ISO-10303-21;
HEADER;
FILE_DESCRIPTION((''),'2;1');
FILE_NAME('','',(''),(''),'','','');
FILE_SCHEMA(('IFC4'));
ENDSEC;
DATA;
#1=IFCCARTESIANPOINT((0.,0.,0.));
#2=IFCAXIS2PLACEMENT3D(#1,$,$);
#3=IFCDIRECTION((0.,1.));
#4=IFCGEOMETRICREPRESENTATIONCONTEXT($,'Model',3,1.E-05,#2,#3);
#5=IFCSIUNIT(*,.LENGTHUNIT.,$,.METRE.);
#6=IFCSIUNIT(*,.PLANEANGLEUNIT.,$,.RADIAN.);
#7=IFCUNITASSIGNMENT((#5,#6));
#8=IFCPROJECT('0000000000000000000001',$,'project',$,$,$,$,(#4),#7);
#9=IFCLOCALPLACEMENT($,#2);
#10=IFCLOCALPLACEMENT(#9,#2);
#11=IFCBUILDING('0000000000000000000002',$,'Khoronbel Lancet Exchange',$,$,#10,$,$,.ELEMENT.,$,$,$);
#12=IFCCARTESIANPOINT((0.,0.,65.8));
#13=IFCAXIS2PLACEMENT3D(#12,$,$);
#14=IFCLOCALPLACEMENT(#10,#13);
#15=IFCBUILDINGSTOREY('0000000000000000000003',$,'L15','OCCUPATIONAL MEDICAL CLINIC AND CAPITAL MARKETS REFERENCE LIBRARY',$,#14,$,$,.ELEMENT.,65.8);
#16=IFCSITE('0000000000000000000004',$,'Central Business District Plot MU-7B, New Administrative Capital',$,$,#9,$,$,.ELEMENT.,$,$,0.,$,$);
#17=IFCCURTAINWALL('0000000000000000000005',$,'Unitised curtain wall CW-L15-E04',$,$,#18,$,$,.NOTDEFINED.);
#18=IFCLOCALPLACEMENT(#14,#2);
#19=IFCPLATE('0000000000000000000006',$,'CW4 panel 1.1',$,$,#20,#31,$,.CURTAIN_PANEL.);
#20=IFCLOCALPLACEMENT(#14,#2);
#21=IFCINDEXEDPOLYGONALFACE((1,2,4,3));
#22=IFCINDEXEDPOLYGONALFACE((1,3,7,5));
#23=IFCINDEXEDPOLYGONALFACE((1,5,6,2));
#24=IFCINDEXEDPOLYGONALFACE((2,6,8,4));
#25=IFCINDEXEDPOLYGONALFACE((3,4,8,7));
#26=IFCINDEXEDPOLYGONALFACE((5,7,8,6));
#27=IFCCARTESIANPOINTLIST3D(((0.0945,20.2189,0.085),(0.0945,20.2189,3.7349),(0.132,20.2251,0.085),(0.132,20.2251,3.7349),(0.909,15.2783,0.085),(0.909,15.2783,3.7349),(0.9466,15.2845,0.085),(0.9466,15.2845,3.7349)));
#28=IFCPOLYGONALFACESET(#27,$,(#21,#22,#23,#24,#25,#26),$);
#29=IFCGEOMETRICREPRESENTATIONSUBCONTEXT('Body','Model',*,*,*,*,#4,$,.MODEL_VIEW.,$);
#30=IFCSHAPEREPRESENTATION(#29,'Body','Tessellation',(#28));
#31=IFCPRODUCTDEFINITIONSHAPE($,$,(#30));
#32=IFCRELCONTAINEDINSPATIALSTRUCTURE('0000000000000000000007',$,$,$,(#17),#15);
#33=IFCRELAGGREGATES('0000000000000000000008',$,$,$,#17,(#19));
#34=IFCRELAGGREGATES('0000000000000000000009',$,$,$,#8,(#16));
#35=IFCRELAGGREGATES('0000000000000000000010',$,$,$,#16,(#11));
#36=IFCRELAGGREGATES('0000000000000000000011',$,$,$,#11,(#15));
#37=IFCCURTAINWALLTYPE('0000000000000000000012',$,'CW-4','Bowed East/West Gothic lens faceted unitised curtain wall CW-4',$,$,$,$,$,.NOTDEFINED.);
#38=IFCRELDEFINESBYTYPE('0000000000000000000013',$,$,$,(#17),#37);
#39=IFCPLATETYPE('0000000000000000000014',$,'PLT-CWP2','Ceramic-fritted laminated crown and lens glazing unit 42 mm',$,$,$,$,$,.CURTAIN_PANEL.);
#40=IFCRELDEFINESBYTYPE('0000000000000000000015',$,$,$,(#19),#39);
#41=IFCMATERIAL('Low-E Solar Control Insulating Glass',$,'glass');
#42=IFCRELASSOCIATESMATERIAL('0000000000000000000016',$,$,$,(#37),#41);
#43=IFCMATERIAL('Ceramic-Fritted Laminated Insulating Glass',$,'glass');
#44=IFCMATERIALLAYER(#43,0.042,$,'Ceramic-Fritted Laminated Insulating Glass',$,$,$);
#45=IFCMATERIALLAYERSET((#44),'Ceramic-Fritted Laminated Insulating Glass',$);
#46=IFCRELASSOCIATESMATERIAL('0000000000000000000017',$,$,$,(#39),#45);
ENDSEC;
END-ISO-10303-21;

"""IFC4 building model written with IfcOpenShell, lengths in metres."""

from ifc_helpers import new_model, si_unit, direction, frame, origin, origin_2d, place, context, subcontext, project, spatial, rectangle, extrude, material, layer, layer_set, type_object, element, aggregate, save


model = new_model("IFC4")

# Units and contexts
model_context = context("Model", 3, precision=1e-05, world=origin(), true_north=direction((0.0, 1.0)))
body_context = subcontext(model_context, "Body", "Model", "MODEL_VIEW")
ifc_project = project(units=[si_unit("LENGTHUNIT", "METRE"), si_unit("PLANEANGLEUNIT", "RADIAN")], contexts=[model_context])

# Site, building, storey
site_placement = place(None, origin())
site = spatial("IfcSite", under=ifc_project, at=site_placement, Name="Central Business District Plot MU-7B, New Administrative Capital", CompositionType="ELEMENT", RefElevation=0.0)
building_placement = place(site_placement, origin())
building = spatial("IfcBuilding", under=site, at=building_placement, Name="Khoronbel Lancet Exchange", CompositionType="ELEMENT")
storey_placement = place(building_placement, frame((0.0, 0.0, 65.8)))
storey = spatial("IfcBuildingStorey", under=building, at=storey_placement, Name="L15", Description="OCCUPATIONAL MEDICAL CLINIC AND CAPITAL MARKETS REFERENCE LIBRARY", CompositionType="ELEMENT", Elevation=65.8)

# Curtain wall
ifc_material_1 = material(Name="Low-E Solar Control Insulating Glass", Category="glass")
curtain_wall_type = type_object("IfcCurtainWallType", Name="CW-4", Description="Bowed East/West Gothic lens faceted unitised curtain wall CW-4", PredefinedType="NOTDEFINED", material=ifc_material_1)
curtain_wall_1_placement = place(storey_placement, origin())
curtain_wall_1 = element("IfcCurtainWall", 1, at=curtain_wall_1_placement, inside=storey, type_object=curtain_wall_type, Name="Unitised curtain wall CW-L15-E04", PredefinedType="NOTDEFINED")

# Plate
ifc_material_2 = material(Name="Ceramic-Fritted Laminated Insulating Glass", Category="glass")
ifc_layer_1 = layer(ifc_material_2, 0.042, Name="Ceramic-Fritted Laminated Insulating Glass")
ifc_layer_set_1 = layer_set([ifc_layer_1], Name="Ceramic-Fritted Laminated Insulating Glass")
plate_type_1 = type_object("IfcPlateType", Name="PLT-CWP2", Description="Ceramic-fritted laminated crown and lens glazing unit 42 mm", PredefinedType="CURTAIN_PANEL", material=ifc_layer_set_1)
plate_1_placement = place(storey_placement, frame((0.5205, 17.7517, 0.085), z_axis=(0.0, 0.0, 1.0), x_axis=(-0.162663, 0.986682, 0.0)))
plate_1 = element("IfcPlate", 2, at=plate_1_placement, type_object=plate_type_1, Name="CW4 panel 1.1", PredefinedType="CURTAIN_PANEL", context=body_context, shape_type="SweptSolid", body=[
    extrude(rectangle(XDim=5.0073, YDim=0.0381, at=origin_2d()), origin(), (0.0, 0.0, 1.0), 3.6499),
])
aggregate(curtain_wall_1, [plate_1])

save(model, "model.ifc")
